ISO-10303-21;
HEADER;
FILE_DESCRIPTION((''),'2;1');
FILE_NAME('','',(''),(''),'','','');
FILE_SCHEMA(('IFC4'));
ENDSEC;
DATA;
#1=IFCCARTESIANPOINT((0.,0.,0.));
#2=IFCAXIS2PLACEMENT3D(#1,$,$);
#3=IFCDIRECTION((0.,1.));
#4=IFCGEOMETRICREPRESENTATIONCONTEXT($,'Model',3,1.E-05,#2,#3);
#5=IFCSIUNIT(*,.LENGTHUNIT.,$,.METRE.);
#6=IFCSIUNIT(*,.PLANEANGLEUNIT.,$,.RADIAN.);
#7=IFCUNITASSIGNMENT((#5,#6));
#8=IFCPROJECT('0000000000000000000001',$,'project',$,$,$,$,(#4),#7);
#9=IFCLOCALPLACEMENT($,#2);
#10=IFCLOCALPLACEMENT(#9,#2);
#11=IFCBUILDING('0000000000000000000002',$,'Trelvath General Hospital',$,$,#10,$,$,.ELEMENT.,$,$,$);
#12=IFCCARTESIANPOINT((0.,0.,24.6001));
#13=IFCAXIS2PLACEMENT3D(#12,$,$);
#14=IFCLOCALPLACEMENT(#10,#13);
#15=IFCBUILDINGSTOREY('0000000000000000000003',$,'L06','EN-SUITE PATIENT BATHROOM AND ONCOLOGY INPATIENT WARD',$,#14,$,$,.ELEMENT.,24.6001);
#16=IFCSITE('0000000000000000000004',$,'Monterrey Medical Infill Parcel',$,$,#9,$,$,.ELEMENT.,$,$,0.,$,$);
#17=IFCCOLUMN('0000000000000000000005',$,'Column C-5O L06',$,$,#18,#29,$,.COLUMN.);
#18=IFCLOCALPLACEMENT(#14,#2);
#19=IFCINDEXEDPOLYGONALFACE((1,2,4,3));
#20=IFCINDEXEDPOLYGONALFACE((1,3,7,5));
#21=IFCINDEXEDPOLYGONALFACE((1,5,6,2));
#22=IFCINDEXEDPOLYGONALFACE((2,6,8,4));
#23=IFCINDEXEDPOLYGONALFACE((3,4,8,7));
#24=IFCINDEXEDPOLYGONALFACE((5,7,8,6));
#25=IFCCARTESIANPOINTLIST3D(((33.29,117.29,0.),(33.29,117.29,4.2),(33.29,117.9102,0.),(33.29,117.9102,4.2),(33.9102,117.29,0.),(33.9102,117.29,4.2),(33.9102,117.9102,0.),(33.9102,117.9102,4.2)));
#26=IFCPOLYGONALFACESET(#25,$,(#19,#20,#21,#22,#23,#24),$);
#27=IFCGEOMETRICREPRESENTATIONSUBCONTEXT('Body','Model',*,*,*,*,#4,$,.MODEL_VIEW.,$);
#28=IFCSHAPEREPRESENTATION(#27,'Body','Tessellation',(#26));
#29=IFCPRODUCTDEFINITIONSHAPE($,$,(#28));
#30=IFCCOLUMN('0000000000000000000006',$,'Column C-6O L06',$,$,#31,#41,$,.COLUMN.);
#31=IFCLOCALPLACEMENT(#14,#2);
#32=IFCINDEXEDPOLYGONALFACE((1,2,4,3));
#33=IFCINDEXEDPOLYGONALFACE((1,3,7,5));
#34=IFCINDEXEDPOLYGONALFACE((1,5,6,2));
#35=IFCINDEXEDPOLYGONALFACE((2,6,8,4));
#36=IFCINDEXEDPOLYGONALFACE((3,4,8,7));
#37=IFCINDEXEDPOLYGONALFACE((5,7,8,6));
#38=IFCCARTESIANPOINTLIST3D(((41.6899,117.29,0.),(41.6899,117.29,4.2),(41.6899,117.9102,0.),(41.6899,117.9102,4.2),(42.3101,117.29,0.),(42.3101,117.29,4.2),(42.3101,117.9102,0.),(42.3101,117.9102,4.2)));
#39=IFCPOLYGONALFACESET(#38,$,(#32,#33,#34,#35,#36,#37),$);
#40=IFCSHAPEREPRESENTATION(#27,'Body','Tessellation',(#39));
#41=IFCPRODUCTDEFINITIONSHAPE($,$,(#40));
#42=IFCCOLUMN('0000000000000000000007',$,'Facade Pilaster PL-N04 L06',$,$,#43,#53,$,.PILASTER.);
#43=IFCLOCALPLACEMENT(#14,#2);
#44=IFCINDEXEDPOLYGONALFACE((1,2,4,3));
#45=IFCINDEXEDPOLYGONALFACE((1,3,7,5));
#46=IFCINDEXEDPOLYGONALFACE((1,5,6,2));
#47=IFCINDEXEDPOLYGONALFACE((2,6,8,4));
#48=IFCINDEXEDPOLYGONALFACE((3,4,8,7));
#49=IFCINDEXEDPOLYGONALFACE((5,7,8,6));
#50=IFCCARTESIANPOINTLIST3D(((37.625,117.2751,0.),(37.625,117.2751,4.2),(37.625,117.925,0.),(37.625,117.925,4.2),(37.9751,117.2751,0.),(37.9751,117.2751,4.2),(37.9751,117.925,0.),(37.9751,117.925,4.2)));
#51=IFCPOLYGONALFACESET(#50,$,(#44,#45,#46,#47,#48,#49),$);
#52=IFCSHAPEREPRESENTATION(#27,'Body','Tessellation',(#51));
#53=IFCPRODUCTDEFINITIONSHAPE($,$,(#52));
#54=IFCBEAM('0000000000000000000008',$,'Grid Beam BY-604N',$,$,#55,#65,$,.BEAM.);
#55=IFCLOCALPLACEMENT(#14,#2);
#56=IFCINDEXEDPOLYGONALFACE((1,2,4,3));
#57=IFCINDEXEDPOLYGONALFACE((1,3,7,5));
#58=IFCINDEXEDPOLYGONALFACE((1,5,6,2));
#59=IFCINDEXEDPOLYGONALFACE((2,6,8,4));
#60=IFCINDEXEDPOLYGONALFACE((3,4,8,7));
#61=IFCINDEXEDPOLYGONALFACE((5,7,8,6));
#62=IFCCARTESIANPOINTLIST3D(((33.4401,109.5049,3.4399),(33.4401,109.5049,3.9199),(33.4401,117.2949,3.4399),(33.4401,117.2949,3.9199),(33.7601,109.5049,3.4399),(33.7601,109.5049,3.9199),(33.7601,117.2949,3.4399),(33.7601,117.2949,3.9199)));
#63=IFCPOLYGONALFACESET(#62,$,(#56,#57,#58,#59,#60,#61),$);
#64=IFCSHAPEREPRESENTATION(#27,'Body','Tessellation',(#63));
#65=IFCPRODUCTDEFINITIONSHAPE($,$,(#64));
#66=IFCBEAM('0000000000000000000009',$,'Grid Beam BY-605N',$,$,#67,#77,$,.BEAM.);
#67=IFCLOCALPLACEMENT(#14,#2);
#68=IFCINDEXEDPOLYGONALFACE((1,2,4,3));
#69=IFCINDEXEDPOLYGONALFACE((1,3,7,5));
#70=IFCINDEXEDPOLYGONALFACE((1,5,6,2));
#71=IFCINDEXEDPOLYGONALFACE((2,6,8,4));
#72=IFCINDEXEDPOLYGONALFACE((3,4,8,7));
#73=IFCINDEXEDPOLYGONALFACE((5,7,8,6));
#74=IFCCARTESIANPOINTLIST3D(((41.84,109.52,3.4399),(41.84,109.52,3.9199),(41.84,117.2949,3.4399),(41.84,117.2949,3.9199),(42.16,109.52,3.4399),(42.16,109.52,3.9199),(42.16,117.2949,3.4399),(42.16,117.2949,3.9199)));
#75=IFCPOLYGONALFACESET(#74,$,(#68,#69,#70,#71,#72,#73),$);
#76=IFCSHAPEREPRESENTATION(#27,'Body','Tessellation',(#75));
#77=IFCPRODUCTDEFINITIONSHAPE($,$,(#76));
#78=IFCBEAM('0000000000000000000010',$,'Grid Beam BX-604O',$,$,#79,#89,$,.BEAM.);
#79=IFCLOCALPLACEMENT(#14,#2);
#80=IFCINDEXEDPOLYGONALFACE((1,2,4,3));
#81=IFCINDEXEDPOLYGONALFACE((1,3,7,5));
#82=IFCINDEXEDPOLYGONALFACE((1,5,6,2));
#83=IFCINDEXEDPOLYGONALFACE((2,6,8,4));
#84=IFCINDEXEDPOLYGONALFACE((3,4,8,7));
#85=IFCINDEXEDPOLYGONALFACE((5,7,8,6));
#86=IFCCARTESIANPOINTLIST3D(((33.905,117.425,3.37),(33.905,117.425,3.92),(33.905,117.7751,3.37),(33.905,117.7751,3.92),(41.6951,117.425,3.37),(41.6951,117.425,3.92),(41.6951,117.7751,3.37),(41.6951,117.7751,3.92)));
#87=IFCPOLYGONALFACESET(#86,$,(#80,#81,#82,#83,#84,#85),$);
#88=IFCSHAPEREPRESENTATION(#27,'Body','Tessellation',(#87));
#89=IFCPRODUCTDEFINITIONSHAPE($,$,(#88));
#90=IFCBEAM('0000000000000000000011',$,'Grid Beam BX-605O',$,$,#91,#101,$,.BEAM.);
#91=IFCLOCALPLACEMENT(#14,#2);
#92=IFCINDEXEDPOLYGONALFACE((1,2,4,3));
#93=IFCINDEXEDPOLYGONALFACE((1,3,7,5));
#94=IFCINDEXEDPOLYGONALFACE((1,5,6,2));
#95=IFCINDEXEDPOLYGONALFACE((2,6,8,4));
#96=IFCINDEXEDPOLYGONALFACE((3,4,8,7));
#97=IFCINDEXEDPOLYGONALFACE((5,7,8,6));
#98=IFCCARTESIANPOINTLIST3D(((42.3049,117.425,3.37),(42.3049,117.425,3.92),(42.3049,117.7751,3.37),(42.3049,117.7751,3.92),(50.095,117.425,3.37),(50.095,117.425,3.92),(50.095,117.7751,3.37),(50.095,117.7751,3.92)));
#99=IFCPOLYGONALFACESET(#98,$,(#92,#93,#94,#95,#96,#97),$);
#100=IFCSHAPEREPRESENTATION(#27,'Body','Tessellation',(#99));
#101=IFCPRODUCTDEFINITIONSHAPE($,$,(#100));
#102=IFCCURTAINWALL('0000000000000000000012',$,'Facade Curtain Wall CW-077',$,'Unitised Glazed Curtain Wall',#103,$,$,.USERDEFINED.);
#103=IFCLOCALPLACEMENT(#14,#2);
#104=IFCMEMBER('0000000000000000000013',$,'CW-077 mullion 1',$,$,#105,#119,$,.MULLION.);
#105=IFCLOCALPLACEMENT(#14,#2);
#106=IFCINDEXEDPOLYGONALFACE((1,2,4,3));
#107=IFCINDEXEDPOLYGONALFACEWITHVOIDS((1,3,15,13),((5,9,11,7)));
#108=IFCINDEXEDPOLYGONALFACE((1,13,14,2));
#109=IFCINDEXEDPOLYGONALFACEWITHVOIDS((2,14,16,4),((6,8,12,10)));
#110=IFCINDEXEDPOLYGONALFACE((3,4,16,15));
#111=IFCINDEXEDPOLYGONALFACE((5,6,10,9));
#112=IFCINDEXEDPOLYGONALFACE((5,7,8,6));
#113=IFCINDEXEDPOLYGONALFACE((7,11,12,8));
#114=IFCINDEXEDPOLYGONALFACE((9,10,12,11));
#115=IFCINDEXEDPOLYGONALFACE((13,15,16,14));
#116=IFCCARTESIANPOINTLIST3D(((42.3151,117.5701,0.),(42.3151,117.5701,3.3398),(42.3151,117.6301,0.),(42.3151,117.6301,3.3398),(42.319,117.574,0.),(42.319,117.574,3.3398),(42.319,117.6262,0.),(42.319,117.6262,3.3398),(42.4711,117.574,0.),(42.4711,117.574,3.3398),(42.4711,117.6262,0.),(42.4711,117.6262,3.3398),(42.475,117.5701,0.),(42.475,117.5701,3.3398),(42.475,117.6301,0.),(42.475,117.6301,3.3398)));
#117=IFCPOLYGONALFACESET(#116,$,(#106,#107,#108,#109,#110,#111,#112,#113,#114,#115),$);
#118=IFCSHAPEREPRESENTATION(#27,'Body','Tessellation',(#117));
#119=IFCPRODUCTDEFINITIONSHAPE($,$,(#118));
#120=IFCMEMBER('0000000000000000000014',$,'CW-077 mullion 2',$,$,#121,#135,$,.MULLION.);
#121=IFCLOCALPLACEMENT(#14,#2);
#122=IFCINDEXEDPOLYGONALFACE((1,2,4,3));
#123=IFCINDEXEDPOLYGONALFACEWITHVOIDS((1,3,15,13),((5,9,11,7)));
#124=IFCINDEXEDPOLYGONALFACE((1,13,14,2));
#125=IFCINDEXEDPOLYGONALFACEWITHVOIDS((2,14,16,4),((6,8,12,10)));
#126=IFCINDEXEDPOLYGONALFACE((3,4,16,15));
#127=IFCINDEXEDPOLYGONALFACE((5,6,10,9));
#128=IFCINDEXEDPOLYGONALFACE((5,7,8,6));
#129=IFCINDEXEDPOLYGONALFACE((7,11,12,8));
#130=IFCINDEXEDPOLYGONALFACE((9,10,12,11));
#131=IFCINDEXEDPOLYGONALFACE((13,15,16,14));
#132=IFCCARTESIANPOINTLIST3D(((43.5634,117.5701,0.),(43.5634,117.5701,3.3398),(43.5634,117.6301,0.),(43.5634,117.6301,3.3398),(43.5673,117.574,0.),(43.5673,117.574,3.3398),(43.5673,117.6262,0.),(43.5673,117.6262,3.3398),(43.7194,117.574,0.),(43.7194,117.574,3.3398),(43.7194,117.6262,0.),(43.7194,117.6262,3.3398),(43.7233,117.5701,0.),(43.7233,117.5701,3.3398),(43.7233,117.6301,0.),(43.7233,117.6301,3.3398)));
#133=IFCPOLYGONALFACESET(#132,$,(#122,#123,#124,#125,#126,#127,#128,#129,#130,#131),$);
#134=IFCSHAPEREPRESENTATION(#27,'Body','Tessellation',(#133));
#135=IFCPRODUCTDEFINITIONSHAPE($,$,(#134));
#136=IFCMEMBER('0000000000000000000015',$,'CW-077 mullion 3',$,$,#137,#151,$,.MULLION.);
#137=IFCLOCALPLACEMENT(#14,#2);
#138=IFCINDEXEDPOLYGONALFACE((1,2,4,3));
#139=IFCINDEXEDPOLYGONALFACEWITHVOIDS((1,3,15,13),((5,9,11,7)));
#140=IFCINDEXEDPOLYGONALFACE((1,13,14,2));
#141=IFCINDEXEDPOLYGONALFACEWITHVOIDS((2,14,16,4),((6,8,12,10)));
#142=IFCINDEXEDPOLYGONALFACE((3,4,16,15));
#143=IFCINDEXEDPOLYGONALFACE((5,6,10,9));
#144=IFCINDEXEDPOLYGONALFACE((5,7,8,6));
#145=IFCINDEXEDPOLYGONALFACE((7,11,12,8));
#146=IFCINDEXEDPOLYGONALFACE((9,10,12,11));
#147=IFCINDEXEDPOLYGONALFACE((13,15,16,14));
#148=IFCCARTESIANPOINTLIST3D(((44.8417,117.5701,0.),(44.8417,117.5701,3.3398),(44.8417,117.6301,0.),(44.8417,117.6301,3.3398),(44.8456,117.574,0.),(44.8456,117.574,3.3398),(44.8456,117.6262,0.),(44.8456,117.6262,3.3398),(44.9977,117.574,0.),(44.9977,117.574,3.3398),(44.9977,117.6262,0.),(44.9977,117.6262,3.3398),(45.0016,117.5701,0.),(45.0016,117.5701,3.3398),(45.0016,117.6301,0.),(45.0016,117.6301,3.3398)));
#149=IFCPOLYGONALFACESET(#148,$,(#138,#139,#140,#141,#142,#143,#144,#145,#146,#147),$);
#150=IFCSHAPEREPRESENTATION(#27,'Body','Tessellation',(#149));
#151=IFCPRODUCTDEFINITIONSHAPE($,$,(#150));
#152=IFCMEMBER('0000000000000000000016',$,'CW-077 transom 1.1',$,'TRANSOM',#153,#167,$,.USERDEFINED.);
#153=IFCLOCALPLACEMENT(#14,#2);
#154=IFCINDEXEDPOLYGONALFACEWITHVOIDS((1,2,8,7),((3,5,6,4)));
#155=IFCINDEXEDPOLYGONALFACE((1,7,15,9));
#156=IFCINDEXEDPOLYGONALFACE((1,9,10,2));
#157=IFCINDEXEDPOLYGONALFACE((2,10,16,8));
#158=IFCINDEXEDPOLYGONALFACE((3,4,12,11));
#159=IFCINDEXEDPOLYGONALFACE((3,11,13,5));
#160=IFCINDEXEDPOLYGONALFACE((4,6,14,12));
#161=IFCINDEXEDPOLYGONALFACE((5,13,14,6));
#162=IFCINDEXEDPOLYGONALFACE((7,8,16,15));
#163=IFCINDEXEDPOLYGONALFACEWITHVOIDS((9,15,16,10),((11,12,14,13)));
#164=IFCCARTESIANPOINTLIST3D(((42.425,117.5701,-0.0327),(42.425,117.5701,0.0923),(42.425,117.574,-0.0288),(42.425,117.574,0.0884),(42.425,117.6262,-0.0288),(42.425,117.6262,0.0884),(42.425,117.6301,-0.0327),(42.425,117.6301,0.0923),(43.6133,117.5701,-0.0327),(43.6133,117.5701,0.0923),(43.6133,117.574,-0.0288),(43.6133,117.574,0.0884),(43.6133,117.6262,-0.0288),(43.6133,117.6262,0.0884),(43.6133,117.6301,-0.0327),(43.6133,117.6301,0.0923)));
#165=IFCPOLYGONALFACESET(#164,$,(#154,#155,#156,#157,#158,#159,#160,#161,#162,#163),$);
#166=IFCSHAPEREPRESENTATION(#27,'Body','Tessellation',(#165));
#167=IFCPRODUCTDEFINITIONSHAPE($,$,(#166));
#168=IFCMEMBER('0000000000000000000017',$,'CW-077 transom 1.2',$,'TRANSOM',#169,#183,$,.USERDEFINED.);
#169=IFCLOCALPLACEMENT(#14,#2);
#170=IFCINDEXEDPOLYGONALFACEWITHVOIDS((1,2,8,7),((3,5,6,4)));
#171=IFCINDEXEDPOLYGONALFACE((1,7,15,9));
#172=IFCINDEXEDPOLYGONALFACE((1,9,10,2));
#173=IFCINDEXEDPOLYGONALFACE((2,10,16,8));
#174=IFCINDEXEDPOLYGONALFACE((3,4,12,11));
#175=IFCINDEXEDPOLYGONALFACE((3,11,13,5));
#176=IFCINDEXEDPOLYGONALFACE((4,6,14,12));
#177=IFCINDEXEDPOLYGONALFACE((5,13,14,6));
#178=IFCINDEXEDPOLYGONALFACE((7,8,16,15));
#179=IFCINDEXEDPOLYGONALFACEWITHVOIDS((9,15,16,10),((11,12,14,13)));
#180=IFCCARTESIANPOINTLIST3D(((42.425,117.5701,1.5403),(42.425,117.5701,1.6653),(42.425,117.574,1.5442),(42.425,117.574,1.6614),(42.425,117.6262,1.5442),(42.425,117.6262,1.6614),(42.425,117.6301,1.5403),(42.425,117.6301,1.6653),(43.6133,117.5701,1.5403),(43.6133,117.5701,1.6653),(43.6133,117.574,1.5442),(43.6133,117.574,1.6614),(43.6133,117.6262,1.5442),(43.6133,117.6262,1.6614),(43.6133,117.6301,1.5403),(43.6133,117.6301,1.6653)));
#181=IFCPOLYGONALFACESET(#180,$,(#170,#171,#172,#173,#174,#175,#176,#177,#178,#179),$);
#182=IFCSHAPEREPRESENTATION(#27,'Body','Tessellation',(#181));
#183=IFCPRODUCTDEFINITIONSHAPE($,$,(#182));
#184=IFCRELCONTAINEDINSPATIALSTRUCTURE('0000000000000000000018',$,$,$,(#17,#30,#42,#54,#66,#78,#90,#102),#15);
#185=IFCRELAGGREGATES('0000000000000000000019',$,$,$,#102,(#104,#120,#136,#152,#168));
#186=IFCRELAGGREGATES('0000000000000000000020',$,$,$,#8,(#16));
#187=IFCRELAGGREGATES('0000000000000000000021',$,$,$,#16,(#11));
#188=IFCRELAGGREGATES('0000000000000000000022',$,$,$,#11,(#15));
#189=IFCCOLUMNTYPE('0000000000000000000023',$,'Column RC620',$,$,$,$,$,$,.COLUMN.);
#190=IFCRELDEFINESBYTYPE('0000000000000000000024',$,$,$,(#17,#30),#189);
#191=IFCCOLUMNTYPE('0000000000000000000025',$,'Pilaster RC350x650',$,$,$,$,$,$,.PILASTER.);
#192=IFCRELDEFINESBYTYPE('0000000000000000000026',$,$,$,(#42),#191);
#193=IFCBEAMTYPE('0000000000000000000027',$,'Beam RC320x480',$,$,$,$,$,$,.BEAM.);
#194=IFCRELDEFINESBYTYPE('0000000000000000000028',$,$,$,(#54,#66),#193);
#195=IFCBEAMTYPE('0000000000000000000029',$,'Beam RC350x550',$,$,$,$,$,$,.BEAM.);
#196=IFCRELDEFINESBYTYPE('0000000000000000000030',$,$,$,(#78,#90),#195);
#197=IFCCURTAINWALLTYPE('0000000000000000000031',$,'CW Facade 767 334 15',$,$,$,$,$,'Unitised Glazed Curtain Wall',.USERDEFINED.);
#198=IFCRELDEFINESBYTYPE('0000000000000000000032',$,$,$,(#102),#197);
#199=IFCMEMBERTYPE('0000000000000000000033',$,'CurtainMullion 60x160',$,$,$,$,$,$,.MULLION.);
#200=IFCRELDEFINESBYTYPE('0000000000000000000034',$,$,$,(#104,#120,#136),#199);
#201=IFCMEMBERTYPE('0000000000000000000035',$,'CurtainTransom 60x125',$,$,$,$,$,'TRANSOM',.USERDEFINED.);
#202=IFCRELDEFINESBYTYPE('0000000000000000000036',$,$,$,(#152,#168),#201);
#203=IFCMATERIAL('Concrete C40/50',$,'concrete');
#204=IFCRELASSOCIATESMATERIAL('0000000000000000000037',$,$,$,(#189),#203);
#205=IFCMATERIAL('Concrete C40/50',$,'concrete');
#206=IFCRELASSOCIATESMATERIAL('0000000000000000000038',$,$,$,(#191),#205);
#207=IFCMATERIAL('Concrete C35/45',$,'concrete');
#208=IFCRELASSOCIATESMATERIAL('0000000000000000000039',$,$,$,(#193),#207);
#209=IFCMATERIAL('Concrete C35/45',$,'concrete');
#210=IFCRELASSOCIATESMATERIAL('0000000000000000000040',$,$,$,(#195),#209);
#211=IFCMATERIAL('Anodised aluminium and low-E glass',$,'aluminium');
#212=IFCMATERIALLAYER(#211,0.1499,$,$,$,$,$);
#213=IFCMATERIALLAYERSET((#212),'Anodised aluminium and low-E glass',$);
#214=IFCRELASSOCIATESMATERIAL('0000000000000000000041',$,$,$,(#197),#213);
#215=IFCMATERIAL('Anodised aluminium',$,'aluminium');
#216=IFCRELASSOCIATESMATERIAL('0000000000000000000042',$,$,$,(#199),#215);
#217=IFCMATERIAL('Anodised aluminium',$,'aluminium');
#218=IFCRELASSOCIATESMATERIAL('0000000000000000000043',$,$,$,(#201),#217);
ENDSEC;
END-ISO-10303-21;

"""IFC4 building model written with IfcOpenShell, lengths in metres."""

from ifc_helpers import new_model, si_unit, direction, frame, origin, origin_2d, place, context, subcontext, project, spatial, rectangle, hollow_rectangle, extrude, material, layer, layer_set, material_profile, profile_set, type_object, element, aggregate, save


model = new_model("IFC4")

# Units and contexts
model_context = context("Model", 3, precision=1e-05, world=origin(), true_north=direction((0.0, 1.0)))
body_context = subcontext(model_context, "Body", "Model", "MODEL_VIEW")
ifc_project = project(units=[si_unit("LENGTHUNIT", "METRE"), si_unit("PLANEANGLEUNIT", "RADIAN")], contexts=[model_context])

# Site, building, storey
site_placement = place(None, origin())
site = spatial("IfcSite", under=ifc_project, at=site_placement, Name="Monterrey Medical Infill Parcel", CompositionType="ELEMENT", RefElevation=0.0)
building_placement = place(site_placement, origin())
building = spatial("IfcBuilding", under=site, at=building_placement, Name="Trelvath General Hospital", CompositionType="ELEMENT")
storey_placement = place(building_placement, frame((0.0, 0.0, 24.6001)))
storey = spatial("IfcBuildingStorey", under=building, at=storey_placement, Name="L06", Description="EN-SUITE PATIENT BATHROOM AND ONCOLOGY INPATIENT WARD", CompositionType="ELEMENT", Elevation=24.6001)

# Columns
ifc_material_1 = material(Name="Concrete C40/50", Category="concrete")
ifc_material_profile_1 = material_profile(ifc_material_1, rectangle(XDim=0.6201, YDim=0.6201, at=origin_2d()), Name="RC620x620")
ifc_profile_set_1 = profile_set([ifc_material_profile_1], Name="Concrete C40/50")
column_type_1 = type_object("IfcColumnType", Name="Column RC620", PredefinedType="COLUMN", material=ifc_profile_set_1)
for number, where, z_axis, x_axis, name in (
    (1, (33.6001, 117.6001, 0.0), (0.0, 0.0, 1.0), (1.0, 0.0, 0.0), "Column C-5O L06"),
    (2, (42.0, 117.6001, 0.0), (0.0, 0.0, 1.0), (1.0, 0.0, 0.0), "Column C-6O L06"),
):
    element("IfcColumn", number, at=place(storey_placement, frame(where, z_axis=z_axis, x_axis=x_axis)), inside=storey, type_object=column_type_1, Name=name, PredefinedType="COLUMN", context=body_context, shape_type="SweptSolid", body=[
        extrude(rectangle(XDim=0.6201, YDim=0.6201, at=origin_2d()), origin(), (0.0, 0.0, 1.0), 4.2),
    ])
ifc_material_2 = material(Name="Concrete C40/50", Category="concrete")
ifc_material_profile_2 = material_profile(ifc_material_2, rectangle(XDim=0.3501, YDim=0.6499, at=origin_2d()), Name="RC350x650")
ifc_profile_set_2 = profile_set([ifc_material_profile_2], Name="Concrete C40/50")
column_type_2 = type_object("IfcColumnType", Name="Pilaster RC350x650", PredefinedType="PILASTER", material=ifc_profile_set_2)
column_placement = place(storey_placement, frame((37.8, 117.6001, 0.0), z_axis=(0.0, 0.0, 1.0), x_axis=(1.0, 0.0, 0.0)))
element("IfcColumn", 3, at=column_placement, inside=storey, type_object=column_type_2, Name="Facade Pilaster PL-N04 L06", PredefinedType="PILASTER", context=body_context, shape_type="SweptSolid", body=[
    extrude(rectangle(XDim=0.3501, YDim=0.6499, at=origin_2d()), origin(), (0.0, 0.0, 1.0), 4.2),
])

# Beams
ifc_material_3 = material(Name="Concrete C35/45", Category="concrete")
ifc_material_profile_3 = material_profile(ifc_material_3, rectangle(XDim=0.3201, YDim=0.48, at=origin_2d()), Name="RCB320x480")
ifc_profile_set_3 = profile_set([ifc_material_profile_3], Name="Concrete C35/45")
beam_type_1 = type_object("IfcBeamType", Name="Beam RC320x480", PredefinedType="BEAM", material=ifc_profile_set_3)
beam_1_placement = place(storey_placement, frame((33.6001, 109.5049, 3.6799), z_axis=(0.0, 1.0, 0.0), x_axis=(-1.0, 0.0, 0.0)))
element("IfcBeam", 4, at=beam_1_placement, inside=storey, type_object=beam_type_1, Name="Grid Beam BY-604N", PredefinedType="BEAM", context=body_context, shape_type="SweptSolid", body=[
    extrude(rectangle(XDim=0.3201, YDim=0.48, at=origin_2d()), origin(), (0.0, 0.0, 1.0), 7.79),
])
beam_2_placement = place(storey_placement, frame((42.0, 109.52, 3.6799), z_axis=(0.0, 1.0, 0.0), x_axis=(-1.0, 0.0, 0.0)))
element("IfcBeam", 5, at=beam_2_placement, inside=storey, type_object=beam_type_1, Name="Grid Beam BY-605N", PredefinedType="BEAM", context=body_context, shape_type="SweptSolid", body=[
    extrude(rectangle(XDim=0.3201, YDim=0.48, at=origin_2d()), origin(), (0.0, 0.0, 1.0), 7.7749),
])
ifc_material_4 = material(Name="Concrete C35/45", Category="concrete")
ifc_material_profile_4 = material_profile(ifc_material_4, rectangle(XDim=0.3501, YDim=0.55, at=origin_2d()), Name="RCB350x550")
ifc_profile_set_4 = profile_set([ifc_material_profile_4], Name="Concrete C35/45")
beam_type_2 = type_object("IfcBeamType", Name="Beam RC350x550", PredefinedType="BEAM", material=ifc_profile_set_4)
for number, where, z_axis, x_axis, name in (
    (6, (33.905, 117.6001, 3.645), (1.0, 0.0, 0.0), (0.0, 1.0, 0.0), "Grid Beam BX-604O"),
    (7, (42.3049, 117.6001, 3.645), (1.0, 0.0, 0.0), (0.0, 1.0, 0.0), "Grid Beam BX-605O"),
):
    element("IfcBeam", number, at=place(storey_placement, frame(where, z_axis=z_axis, x_axis=x_axis)), inside=storey, type_object=beam_type_2, Name=name, PredefinedType="BEAM", context=body_context, shape_type="SweptSolid", body=[
        extrude(rectangle(XDim=0.3501, YDim=0.55, at=origin_2d()), origin(), (0.0, 0.0, 1.0), 7.79),
    ])

# Curtain wall, members
ifc_material_5 = material(Name="Anodised aluminium and low-E glass", Category="aluminium")
ifc_layer_1 = layer(ifc_material_5, 0.1499)
ifc_layer_set_1 = layer_set([ifc_layer_1], Name="Anodised aluminium and low-E glass")
curtain_wall_type = type_object("IfcCurtainWallType", Name="CW Facade 767 334 15", ElementType="Unitised Glazed Curtain Wall", PredefinedType="USERDEFINED", material=ifc_layer_set_1)
curtain_wall_placement = place(storey_placement, origin())
curtain_wall = element("IfcCurtainWall", 8, at=curtain_wall_placement, inside=storey, type_object=curtain_wall_type, Name="Facade Curtain Wall CW-077", ObjectType="Unitised Glazed Curtain Wall", PredefinedType="USERDEFINED")
ifc_material_6 = material(Name="Anodised aluminium", Category="aluminium")
ifc_material_profile_5 = material_profile(ifc_material_6, hollow_rectangle(XDim=0.0601, YDim=0.1599, WallThickness=0.0039, at=origin_2d()), Name="RHS60x160x4")
ifc_profile_set_5 = profile_set([ifc_material_profile_5], Name="Anodised aluminium")
member_type_1 = type_object("IfcMemberType", Name="CurtainMullion 60x160", PredefinedType="MULLION", material=ifc_profile_set_5)
member_1_placement = place(storey_placement, frame((42.395, 117.6001, 0.0), z_axis=(0.0, 0.0, 1.0), x_axis=(0.0, 1.0, 0.0)))
member_1 = element("IfcMember", 9, at=member_1_placement, type_object=member_type_1, Name="CW-077 mullion 1", PredefinedType="MULLION", context=body_context, shape_type="SweptSolid", body=[
    extrude(hollow_rectangle(XDim=0.0601, YDim=0.1599, WallThickness=0.0039, at=origin_2d()), origin(), (0.0, 0.0, 1.0), 3.3398),
])
member_2_placement = place(storey_placement, frame((43.6433, 117.6001, 0.0), z_axis=(0.0, 0.0, 1.0), x_axis=(0.0, 1.0, 0.0)))
member_2 = element("IfcMember", 10, at=member_2_placement, type_object=member_type_1, Name="CW-077 mullion 2", PredefinedType="MULLION", context=body_context, shape_type="SweptSolid", body=[
    extrude(hollow_rectangle(XDim=0.0601, YDim=0.1599, WallThickness=0.0039, at=origin_2d()), origin(), (0.0, 0.0, 1.0), 3.3398),
])
member_3_placement = place(storey_placement, frame((44.9216, 117.6001, 0.0), z_axis=(0.0, 0.0, 1.0), x_axis=(0.0, 1.0, 0.0)))
member_3 = element("IfcMember", 11, at=member_3_placement, type_object=member_type_1, Name="CW-077 mullion 3", PredefinedType="MULLION", context=body_context, shape_type="SweptSolid", body=[
    extrude(hollow_rectangle(XDim=0.0601, YDim=0.1599, WallThickness=0.0039, at=origin_2d()), origin(), (0.0, 0.0, 1.0), 3.3398),
])
ifc_material_7 = material(Name="Anodised aluminium", Category="aluminium")
ifc_material_profile_6 = material_profile(ifc_material_7, hollow_rectangle(XDim=0.0601, YDim=0.125, WallThickness=0.0039, at=origin_2d()), Name="RHS60x125x4")
ifc_profile_set_6 = profile_set([ifc_material_profile_6], Name="Anodised aluminium")
member_type_2 = type_object("IfcMemberType", Name="CurtainTransom 60x125", ElementType="TRANSOM", PredefinedType="USERDEFINED", material=ifc_profile_set_6)
member_4_placement = place(storey_placement, frame((42.425, 117.6001, 0.0298), z_axis=(1.0, 0.0, 0.0), x_axis=(0.0, 1.0, 0.0)))
member_4 = element("IfcMember", 12, at=member_4_placement, type_object=member_type_2, Name="CW-077 transom 1.1", ObjectType="TRANSOM", PredefinedType="USERDEFINED", context=body_context, shape_type="SweptSolid", body=[
    extrude(hollow_rectangle(XDim=0.0601, YDim=0.125, WallThickness=0.0039, at=origin_2d()), origin(), (0.0, 0.0, 1.0), 1.1882),
])
member_5_placement = place(storey_placement, frame((42.425, 117.6001, 1.6028), z_axis=(1.0, 0.0, 0.0), x_axis=(0.0, 1.0, 0.0)))
member_5 = element("IfcMember", 13, at=member_5_placement, type_object=member_type_2, Name="CW-077 transom 1.2", ObjectType="TRANSOM", PredefinedType="USERDEFINED", context=body_context, shape_type="SweptSolid", body=[
    extrude(hollow_rectangle(XDim=0.0601, YDim=0.125, WallThickness=0.0039, at=origin_2d()), origin(), (0.0, 0.0, 1.0), 1.1882),
])
aggregate(curtain_wall, [member_1, member_2, member_3, member_4, member_5])

save(model, "model.ifc")
